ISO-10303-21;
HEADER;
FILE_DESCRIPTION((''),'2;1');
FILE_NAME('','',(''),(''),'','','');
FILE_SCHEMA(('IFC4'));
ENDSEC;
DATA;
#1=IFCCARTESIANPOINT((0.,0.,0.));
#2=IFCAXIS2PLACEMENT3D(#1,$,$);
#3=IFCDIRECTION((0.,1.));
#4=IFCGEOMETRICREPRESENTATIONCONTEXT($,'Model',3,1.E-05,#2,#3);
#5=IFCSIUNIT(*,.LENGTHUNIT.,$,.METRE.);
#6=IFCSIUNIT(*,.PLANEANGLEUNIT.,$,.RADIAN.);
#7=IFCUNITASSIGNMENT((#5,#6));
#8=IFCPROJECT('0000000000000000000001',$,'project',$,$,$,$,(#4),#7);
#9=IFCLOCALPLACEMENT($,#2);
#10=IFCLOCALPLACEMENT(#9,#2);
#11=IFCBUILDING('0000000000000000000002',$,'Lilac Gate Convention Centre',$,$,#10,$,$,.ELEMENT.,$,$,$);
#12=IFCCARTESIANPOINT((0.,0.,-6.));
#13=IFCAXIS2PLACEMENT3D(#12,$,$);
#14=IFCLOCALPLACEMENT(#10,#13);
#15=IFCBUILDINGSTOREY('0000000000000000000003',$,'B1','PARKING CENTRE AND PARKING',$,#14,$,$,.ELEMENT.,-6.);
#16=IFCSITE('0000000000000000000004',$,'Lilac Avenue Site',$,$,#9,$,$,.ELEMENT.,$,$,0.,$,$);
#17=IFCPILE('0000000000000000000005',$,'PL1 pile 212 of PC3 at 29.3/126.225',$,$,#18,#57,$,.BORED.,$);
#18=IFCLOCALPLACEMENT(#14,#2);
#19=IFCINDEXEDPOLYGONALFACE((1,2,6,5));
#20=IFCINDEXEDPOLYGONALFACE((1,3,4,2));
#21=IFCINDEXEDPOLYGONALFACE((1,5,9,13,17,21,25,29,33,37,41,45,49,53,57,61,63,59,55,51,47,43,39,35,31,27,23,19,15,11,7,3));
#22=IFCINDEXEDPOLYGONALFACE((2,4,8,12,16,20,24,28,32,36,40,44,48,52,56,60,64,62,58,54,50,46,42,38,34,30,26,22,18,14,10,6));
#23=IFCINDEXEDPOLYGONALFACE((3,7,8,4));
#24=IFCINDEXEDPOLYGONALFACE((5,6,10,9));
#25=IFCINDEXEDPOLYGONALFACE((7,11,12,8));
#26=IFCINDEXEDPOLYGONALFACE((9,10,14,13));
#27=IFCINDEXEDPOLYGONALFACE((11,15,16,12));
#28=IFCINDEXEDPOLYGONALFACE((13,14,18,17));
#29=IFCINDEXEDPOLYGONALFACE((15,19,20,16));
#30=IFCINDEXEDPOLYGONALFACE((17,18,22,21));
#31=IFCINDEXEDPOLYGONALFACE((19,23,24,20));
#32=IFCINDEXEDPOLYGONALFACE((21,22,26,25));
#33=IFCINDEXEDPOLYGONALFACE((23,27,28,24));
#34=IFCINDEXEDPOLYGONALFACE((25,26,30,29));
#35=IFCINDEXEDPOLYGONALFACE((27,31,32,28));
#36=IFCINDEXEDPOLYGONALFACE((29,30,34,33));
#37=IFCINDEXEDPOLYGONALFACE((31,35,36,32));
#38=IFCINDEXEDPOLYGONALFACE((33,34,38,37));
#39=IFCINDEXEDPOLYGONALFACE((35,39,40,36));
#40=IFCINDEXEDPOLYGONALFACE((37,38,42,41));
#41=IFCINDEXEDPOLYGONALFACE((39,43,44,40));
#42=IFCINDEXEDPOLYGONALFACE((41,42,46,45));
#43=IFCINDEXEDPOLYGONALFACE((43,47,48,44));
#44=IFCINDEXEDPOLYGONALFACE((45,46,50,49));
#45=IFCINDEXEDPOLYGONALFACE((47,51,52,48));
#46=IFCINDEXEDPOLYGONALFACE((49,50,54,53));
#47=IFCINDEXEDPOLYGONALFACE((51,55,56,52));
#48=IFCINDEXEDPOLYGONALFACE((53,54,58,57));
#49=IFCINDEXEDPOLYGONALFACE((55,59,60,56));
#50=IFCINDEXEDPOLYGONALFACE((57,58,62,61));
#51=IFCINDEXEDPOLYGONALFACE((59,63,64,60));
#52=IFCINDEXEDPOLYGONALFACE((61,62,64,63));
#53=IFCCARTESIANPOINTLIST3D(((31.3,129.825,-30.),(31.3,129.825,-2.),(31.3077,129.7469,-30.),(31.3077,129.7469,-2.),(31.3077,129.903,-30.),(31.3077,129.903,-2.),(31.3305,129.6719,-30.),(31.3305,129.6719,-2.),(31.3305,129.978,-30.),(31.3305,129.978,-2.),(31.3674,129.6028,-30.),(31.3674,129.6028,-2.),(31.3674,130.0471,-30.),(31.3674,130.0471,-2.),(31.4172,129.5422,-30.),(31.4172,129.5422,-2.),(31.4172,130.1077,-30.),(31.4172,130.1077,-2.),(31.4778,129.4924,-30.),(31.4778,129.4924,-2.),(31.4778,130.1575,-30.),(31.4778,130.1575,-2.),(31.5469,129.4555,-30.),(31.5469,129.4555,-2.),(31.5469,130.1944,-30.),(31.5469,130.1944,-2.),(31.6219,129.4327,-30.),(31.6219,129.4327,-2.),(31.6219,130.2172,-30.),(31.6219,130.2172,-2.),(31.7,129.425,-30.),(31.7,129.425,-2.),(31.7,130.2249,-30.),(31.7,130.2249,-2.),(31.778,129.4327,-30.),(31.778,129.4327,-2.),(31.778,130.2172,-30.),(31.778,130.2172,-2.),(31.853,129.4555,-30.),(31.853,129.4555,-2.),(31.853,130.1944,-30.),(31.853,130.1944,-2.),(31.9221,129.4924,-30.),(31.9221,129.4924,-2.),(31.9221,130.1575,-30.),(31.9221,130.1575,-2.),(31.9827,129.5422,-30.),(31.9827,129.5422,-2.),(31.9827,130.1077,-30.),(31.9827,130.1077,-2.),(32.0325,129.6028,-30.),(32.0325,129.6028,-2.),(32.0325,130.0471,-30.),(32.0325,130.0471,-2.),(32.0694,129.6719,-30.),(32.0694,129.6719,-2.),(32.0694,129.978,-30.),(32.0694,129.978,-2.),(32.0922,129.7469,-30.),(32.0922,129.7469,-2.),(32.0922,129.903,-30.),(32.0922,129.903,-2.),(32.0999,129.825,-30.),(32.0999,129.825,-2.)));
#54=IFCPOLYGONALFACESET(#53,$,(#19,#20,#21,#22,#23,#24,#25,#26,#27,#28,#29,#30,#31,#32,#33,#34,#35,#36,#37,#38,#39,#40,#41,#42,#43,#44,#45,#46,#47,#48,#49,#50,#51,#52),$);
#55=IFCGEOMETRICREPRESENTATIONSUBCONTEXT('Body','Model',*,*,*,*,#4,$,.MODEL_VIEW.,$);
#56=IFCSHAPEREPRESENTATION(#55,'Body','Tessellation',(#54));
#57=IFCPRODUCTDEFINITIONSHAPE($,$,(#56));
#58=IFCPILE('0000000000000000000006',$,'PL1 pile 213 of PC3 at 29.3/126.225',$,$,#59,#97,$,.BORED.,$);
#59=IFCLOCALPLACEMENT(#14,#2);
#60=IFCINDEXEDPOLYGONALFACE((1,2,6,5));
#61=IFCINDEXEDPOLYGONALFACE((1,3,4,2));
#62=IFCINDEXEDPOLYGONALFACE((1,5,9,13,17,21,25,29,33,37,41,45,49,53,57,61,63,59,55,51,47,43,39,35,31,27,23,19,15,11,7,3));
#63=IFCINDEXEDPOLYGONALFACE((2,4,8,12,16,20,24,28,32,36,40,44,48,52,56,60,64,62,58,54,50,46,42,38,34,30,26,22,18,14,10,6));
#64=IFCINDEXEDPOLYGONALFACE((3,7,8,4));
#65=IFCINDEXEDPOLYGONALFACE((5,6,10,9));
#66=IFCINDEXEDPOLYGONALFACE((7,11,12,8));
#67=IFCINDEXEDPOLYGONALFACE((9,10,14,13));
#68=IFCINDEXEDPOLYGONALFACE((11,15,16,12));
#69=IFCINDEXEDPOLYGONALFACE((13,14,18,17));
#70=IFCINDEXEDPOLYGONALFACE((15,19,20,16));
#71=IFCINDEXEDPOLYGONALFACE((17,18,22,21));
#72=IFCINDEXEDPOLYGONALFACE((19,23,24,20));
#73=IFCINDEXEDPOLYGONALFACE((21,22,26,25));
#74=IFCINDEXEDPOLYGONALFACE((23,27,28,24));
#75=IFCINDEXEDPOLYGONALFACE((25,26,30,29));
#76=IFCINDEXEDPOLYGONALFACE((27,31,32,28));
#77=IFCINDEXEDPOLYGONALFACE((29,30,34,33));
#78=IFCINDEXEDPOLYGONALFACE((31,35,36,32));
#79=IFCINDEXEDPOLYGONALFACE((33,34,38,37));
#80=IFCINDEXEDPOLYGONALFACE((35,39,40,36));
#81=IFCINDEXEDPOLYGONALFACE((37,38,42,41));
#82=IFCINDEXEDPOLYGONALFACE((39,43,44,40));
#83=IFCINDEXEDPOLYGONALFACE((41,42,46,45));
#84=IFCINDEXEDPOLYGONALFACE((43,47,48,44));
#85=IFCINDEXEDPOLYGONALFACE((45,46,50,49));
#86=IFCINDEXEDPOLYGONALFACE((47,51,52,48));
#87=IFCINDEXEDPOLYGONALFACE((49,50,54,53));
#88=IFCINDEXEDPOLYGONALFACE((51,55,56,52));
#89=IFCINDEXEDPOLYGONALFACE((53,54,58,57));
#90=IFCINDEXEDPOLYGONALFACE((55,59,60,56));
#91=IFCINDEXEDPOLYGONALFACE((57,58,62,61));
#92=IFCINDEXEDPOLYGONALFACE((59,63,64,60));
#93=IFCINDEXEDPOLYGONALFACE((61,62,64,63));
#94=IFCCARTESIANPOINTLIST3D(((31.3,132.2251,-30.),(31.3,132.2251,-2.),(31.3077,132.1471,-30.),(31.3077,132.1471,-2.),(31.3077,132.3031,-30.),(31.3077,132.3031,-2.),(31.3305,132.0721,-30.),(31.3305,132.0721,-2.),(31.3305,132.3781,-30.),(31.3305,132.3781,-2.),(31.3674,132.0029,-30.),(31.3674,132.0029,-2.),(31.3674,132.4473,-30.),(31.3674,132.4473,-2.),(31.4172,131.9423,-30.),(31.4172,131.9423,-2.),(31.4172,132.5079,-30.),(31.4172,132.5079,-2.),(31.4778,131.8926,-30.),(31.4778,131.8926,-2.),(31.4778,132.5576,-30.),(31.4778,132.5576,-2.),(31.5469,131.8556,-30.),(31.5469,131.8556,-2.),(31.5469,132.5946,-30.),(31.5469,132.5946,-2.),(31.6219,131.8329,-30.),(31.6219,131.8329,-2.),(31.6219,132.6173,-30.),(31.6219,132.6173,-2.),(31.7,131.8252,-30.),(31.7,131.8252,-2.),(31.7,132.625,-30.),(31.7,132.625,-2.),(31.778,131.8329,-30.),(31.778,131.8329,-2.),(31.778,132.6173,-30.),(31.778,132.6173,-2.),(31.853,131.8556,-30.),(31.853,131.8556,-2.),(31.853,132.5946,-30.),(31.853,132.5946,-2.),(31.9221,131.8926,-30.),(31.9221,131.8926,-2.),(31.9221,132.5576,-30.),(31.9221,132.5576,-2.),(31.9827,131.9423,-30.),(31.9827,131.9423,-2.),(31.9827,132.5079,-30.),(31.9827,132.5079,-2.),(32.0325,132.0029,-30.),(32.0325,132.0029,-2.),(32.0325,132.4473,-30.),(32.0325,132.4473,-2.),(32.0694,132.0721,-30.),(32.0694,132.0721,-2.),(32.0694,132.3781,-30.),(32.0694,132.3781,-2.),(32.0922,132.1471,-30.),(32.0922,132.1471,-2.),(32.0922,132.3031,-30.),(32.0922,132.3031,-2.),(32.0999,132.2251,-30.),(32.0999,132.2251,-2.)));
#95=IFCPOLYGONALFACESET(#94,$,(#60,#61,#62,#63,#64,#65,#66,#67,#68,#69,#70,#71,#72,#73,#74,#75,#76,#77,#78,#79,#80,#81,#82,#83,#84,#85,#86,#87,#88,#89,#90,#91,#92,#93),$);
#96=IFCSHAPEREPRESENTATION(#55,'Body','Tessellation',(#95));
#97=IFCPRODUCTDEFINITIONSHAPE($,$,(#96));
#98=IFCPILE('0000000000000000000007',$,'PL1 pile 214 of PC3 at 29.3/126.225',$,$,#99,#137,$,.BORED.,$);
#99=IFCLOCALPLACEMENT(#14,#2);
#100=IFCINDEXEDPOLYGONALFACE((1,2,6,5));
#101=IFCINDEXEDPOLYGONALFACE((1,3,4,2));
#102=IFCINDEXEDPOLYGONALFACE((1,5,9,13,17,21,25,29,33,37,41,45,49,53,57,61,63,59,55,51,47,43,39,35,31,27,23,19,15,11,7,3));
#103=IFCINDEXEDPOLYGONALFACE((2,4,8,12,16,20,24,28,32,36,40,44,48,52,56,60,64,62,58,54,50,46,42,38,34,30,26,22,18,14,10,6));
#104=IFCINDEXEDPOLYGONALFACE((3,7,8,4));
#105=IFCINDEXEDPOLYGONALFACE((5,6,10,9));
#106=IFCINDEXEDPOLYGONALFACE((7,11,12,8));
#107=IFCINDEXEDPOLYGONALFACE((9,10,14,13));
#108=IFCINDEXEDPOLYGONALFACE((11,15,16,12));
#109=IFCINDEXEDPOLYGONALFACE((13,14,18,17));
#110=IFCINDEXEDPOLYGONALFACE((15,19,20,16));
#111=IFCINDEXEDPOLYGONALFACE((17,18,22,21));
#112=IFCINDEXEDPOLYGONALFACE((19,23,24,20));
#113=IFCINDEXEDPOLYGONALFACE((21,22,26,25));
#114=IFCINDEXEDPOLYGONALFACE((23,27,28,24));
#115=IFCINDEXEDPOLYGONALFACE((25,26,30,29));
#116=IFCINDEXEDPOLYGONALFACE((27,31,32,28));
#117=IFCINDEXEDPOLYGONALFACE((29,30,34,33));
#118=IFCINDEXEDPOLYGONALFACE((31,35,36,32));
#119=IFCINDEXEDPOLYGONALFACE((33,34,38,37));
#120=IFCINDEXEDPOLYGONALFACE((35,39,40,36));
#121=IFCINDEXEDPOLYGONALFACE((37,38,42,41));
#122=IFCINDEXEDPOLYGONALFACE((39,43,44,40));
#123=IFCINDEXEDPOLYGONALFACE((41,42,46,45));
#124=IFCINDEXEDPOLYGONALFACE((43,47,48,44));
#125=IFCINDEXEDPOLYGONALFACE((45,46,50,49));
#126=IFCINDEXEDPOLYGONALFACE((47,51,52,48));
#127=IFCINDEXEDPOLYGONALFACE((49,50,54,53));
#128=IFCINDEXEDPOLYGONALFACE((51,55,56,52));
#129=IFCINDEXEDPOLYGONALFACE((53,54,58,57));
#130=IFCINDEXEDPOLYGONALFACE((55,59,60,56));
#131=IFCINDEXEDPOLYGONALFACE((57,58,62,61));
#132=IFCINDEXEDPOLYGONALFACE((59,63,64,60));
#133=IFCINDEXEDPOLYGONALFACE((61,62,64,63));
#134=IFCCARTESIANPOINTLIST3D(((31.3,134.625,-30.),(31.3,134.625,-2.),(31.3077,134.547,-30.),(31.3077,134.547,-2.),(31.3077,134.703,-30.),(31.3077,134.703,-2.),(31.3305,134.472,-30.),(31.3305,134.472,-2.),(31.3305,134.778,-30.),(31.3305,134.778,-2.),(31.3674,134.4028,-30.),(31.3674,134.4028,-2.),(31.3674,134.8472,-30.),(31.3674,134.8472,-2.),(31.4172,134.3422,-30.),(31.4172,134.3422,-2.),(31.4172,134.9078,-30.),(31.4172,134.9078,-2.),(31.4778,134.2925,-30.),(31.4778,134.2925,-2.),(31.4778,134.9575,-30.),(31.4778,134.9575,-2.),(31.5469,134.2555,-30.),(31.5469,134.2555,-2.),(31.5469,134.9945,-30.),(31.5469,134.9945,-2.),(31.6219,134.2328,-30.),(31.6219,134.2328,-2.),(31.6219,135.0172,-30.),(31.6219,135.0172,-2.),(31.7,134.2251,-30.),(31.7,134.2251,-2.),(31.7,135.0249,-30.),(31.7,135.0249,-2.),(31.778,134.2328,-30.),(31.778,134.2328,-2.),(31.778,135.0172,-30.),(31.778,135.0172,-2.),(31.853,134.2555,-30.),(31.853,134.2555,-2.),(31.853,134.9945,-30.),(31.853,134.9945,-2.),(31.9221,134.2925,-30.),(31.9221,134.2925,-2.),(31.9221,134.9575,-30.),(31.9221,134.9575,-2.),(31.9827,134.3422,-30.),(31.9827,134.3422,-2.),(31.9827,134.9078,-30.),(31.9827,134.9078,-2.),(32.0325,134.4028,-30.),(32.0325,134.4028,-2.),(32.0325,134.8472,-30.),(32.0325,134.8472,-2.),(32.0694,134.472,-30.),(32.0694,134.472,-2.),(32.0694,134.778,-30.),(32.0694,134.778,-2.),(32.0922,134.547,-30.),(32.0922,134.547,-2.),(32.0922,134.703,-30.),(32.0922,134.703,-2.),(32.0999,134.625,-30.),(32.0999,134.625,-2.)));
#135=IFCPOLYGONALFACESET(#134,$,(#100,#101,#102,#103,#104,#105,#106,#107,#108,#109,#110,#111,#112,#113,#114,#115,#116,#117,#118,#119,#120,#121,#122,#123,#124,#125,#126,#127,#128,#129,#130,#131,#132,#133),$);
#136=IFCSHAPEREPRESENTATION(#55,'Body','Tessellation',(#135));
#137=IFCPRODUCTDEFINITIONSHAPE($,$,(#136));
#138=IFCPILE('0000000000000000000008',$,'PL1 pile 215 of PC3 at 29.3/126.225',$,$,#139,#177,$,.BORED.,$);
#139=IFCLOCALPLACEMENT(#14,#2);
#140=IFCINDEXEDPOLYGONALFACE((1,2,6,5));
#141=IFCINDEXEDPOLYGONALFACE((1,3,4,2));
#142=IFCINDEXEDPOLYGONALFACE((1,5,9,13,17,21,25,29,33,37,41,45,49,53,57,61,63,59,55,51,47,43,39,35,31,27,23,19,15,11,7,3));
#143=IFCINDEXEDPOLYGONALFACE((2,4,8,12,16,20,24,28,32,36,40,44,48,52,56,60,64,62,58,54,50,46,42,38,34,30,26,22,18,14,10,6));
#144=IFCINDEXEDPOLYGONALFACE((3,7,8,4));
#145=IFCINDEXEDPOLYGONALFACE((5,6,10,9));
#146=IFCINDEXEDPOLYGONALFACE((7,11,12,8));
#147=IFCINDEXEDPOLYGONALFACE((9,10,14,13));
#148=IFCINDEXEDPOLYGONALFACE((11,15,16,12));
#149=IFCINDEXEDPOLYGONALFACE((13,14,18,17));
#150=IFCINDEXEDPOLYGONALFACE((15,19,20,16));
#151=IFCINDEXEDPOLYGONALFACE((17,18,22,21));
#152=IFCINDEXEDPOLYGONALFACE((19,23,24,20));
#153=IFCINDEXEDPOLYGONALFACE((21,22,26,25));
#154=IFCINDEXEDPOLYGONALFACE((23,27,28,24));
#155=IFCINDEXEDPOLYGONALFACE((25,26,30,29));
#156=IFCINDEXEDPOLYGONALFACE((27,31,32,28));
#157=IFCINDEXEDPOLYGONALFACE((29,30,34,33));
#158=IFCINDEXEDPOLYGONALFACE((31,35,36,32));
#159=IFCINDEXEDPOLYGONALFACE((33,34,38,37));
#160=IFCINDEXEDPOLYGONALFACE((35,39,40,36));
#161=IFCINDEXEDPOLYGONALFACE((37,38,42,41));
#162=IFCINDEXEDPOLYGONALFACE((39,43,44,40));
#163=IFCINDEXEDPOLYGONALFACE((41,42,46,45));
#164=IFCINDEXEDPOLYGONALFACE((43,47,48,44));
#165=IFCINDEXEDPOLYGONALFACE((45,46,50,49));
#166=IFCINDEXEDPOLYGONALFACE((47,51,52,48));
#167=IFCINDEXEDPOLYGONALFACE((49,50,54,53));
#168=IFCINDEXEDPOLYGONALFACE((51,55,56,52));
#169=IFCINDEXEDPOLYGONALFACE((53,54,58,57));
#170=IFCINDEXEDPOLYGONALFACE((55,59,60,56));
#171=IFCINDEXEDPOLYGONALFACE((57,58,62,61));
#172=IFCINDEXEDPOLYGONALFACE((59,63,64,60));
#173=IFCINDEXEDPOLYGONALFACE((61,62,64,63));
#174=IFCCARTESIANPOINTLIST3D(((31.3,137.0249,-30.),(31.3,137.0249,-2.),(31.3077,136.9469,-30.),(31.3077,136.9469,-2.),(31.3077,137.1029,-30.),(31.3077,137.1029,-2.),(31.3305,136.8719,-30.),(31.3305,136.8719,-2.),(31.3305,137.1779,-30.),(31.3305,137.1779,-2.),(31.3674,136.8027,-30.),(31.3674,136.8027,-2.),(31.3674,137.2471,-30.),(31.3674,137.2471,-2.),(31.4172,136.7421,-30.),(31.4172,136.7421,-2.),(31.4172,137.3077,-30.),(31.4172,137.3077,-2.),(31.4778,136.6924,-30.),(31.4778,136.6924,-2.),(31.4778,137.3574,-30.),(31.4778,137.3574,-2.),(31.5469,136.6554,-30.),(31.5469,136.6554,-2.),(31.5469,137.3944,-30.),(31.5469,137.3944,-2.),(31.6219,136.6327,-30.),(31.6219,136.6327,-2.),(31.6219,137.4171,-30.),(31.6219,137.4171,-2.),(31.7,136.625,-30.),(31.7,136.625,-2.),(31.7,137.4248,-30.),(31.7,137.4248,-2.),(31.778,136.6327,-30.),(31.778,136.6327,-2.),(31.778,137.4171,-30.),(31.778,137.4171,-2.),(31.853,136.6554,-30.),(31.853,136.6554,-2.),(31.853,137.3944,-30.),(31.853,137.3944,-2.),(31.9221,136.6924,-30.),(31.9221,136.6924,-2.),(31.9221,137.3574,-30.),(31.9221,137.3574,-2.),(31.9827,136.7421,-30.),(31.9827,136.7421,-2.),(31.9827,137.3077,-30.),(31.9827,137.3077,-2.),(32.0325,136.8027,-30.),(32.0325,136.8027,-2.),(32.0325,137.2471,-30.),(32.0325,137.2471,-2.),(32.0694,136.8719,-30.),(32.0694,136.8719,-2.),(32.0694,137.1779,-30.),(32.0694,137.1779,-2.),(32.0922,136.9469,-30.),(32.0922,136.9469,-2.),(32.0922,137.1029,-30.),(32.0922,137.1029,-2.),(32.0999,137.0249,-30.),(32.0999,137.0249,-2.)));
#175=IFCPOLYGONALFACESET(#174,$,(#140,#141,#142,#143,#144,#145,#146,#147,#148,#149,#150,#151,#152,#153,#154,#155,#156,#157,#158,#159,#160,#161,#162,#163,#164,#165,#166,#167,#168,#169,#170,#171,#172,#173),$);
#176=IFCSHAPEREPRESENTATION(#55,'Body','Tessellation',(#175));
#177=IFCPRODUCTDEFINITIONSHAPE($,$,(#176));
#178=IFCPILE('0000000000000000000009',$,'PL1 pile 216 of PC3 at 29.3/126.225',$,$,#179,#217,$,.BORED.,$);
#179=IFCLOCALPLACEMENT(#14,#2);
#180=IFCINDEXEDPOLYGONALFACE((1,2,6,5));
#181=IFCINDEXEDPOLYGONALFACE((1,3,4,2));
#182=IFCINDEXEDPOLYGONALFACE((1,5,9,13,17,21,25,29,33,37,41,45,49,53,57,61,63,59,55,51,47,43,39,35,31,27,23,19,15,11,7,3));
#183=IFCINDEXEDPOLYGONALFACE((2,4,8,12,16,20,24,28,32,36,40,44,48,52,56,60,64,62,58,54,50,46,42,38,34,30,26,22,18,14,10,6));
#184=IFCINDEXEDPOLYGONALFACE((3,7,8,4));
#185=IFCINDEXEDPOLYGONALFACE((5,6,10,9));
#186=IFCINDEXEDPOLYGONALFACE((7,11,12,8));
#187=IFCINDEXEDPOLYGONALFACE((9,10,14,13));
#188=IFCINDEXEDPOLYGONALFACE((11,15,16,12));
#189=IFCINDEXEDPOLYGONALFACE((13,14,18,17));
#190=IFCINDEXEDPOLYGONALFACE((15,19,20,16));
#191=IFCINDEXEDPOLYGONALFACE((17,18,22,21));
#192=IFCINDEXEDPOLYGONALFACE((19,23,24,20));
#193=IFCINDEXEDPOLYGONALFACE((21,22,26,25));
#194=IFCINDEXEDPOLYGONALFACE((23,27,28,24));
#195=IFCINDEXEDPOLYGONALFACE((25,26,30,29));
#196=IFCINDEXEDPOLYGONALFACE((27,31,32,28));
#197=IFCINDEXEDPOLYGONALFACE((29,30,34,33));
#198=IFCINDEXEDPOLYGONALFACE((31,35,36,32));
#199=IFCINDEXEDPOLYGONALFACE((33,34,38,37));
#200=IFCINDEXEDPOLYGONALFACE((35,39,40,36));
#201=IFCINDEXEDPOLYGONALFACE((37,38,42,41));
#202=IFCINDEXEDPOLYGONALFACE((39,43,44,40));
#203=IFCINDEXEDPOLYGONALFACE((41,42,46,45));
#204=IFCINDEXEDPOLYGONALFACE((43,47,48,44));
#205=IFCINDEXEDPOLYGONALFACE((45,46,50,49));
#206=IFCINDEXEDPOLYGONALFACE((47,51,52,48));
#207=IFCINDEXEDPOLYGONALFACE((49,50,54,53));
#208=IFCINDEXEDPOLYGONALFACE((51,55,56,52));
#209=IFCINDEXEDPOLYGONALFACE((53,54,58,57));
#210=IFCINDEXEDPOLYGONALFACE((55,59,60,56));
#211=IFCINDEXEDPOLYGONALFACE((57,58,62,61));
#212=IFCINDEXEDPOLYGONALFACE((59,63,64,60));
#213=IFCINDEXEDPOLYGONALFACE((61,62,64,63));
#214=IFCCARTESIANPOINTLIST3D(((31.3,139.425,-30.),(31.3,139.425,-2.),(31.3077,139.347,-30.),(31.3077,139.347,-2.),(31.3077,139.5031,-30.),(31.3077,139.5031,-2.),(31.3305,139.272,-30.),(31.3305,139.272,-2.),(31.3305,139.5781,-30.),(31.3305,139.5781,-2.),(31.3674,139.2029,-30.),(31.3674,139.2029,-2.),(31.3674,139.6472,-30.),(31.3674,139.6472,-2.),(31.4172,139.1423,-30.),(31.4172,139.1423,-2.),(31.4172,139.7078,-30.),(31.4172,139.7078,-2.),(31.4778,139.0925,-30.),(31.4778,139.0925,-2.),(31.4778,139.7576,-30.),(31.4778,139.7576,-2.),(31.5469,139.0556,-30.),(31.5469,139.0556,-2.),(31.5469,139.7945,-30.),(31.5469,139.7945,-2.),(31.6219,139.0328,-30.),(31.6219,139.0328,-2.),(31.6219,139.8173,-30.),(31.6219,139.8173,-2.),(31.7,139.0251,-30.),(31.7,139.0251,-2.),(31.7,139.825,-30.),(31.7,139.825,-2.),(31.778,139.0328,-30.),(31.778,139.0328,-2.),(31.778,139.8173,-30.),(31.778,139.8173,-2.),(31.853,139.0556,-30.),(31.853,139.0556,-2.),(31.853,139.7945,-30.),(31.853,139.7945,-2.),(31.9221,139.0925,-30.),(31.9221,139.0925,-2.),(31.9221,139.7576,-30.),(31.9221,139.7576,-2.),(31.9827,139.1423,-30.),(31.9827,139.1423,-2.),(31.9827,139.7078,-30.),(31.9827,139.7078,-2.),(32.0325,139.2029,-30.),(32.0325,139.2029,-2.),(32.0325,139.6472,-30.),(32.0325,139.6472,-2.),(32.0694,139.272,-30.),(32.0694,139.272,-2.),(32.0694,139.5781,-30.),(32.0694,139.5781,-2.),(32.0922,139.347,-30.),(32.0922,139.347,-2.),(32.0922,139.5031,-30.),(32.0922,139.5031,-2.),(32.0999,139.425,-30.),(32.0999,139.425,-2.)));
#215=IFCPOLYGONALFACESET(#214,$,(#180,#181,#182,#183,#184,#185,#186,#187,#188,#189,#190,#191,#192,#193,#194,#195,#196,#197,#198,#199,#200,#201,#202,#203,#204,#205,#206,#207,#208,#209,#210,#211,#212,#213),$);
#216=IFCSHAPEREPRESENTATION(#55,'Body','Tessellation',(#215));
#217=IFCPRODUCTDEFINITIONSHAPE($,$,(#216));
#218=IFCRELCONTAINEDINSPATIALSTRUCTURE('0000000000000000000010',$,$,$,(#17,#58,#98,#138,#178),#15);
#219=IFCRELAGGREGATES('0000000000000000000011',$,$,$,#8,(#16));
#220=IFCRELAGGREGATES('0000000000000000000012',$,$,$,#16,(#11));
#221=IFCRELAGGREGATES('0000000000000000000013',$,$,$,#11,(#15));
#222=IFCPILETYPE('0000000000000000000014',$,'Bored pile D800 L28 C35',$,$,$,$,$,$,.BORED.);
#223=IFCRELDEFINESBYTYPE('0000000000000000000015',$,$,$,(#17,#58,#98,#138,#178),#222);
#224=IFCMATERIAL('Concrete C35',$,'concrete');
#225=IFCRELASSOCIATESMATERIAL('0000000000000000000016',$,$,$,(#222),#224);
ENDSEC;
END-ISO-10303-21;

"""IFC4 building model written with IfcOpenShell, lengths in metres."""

from ifc_helpers import new_model, si_unit, direction, frame, origin, origin_2d, place, context, subcontext, project, spatial, circle, extrude, material, material_profile, profile_set, type_object, element, save


model = new_model("IFC4")

# Units and contexts
model_context = context("Model", 3, precision=1e-05, world=origin(), true_north=direction((0.0, 1.0)))
body_context = subcontext(model_context, "Body", "Model", "MODEL_VIEW")
ifc_project = project(units=[si_unit("LENGTHUNIT", "METRE"), si_unit("PLANEANGLEUNIT", "RADIAN")], contexts=[model_context])

# Site, building, storey
site_placement = place(None, origin())
site = spatial("IfcSite", under=ifc_project, at=site_placement, Name="Lilac Avenue Site", CompositionType="ELEMENT", RefElevation=0.0)
building_placement = place(site_placement, origin())
building = spatial("IfcBuilding", under=site, at=building_placement, Name="Lilac Gate Convention Centre", CompositionType="ELEMENT")
storey_placement = place(building_placement, frame((0.0, 0.0, -6.0)))
storey = spatial("IfcBuildingStorey", under=building, at=storey_placement, Name="B1", Description="PARKING CENTRE AND PARKING", CompositionType="ELEMENT", Elevation=-6.0)

# Piles
ifc_material_1 = material(Name="Concrete C35", Category="concrete")
ifc_material_profile_1 = material_profile(ifc_material_1, circle(Radius=0.3999, at=origin_2d()), Name="D800")
ifc_profile_set_1 = profile_set([ifc_material_profile_1], Name="Concrete C35")
pile_type = type_object("IfcPileType", Name="Bored pile D800 L28 C35", PredefinedType="BORED", material=ifc_profile_set_1)
for number, where, z_axis, x_axis, name in (
    (1, (31.7, 129.825, -2.0), (0.0, 0.0, -1.0), (1.0, 0.0, 0.0), "PL1 pile 212 of PC3 at 29.3/126.225"),
    (2, (31.7, 132.2251, -2.0), (0.0, 0.0, -1.0), (1.0, 0.0, 0.0), "PL1 pile 213 of PC3 at 29.3/126.225"),
    (3, (31.7, 134.625, -2.0), (0.0, 0.0, -1.0), (1.0, 0.0, 0.0), "PL1 pile 214 of PC3 at 29.3/126.225"),
    (4, (31.7, 137.0249, -2.0), (0.0, 0.0, -1.0), (1.0, 0.0, 0.0), "PL1 pile 215 of PC3 at 29.3/126.225"),
    (5, (31.7, 139.425, -2.0), (0.0, 0.0, -1.0), (1.0, 0.0, 0.0), "PL1 pile 216 of PC3 at 29.3/126.225"),
):
    element("IfcPile", number, at=place(storey_placement, frame(where, z_axis=z_axis, x_axis=x_axis)), inside=storey, type_object=pile_type, Name=name, PredefinedType="BORED", context=body_context, shape_type="SweptSolid", body=[
        extrude(circle(Radius=0.3999, at=origin_2d()), origin(), (0.0, 0.0, 1.0), 28.0),
    ])

save(model, "model.ifc")
